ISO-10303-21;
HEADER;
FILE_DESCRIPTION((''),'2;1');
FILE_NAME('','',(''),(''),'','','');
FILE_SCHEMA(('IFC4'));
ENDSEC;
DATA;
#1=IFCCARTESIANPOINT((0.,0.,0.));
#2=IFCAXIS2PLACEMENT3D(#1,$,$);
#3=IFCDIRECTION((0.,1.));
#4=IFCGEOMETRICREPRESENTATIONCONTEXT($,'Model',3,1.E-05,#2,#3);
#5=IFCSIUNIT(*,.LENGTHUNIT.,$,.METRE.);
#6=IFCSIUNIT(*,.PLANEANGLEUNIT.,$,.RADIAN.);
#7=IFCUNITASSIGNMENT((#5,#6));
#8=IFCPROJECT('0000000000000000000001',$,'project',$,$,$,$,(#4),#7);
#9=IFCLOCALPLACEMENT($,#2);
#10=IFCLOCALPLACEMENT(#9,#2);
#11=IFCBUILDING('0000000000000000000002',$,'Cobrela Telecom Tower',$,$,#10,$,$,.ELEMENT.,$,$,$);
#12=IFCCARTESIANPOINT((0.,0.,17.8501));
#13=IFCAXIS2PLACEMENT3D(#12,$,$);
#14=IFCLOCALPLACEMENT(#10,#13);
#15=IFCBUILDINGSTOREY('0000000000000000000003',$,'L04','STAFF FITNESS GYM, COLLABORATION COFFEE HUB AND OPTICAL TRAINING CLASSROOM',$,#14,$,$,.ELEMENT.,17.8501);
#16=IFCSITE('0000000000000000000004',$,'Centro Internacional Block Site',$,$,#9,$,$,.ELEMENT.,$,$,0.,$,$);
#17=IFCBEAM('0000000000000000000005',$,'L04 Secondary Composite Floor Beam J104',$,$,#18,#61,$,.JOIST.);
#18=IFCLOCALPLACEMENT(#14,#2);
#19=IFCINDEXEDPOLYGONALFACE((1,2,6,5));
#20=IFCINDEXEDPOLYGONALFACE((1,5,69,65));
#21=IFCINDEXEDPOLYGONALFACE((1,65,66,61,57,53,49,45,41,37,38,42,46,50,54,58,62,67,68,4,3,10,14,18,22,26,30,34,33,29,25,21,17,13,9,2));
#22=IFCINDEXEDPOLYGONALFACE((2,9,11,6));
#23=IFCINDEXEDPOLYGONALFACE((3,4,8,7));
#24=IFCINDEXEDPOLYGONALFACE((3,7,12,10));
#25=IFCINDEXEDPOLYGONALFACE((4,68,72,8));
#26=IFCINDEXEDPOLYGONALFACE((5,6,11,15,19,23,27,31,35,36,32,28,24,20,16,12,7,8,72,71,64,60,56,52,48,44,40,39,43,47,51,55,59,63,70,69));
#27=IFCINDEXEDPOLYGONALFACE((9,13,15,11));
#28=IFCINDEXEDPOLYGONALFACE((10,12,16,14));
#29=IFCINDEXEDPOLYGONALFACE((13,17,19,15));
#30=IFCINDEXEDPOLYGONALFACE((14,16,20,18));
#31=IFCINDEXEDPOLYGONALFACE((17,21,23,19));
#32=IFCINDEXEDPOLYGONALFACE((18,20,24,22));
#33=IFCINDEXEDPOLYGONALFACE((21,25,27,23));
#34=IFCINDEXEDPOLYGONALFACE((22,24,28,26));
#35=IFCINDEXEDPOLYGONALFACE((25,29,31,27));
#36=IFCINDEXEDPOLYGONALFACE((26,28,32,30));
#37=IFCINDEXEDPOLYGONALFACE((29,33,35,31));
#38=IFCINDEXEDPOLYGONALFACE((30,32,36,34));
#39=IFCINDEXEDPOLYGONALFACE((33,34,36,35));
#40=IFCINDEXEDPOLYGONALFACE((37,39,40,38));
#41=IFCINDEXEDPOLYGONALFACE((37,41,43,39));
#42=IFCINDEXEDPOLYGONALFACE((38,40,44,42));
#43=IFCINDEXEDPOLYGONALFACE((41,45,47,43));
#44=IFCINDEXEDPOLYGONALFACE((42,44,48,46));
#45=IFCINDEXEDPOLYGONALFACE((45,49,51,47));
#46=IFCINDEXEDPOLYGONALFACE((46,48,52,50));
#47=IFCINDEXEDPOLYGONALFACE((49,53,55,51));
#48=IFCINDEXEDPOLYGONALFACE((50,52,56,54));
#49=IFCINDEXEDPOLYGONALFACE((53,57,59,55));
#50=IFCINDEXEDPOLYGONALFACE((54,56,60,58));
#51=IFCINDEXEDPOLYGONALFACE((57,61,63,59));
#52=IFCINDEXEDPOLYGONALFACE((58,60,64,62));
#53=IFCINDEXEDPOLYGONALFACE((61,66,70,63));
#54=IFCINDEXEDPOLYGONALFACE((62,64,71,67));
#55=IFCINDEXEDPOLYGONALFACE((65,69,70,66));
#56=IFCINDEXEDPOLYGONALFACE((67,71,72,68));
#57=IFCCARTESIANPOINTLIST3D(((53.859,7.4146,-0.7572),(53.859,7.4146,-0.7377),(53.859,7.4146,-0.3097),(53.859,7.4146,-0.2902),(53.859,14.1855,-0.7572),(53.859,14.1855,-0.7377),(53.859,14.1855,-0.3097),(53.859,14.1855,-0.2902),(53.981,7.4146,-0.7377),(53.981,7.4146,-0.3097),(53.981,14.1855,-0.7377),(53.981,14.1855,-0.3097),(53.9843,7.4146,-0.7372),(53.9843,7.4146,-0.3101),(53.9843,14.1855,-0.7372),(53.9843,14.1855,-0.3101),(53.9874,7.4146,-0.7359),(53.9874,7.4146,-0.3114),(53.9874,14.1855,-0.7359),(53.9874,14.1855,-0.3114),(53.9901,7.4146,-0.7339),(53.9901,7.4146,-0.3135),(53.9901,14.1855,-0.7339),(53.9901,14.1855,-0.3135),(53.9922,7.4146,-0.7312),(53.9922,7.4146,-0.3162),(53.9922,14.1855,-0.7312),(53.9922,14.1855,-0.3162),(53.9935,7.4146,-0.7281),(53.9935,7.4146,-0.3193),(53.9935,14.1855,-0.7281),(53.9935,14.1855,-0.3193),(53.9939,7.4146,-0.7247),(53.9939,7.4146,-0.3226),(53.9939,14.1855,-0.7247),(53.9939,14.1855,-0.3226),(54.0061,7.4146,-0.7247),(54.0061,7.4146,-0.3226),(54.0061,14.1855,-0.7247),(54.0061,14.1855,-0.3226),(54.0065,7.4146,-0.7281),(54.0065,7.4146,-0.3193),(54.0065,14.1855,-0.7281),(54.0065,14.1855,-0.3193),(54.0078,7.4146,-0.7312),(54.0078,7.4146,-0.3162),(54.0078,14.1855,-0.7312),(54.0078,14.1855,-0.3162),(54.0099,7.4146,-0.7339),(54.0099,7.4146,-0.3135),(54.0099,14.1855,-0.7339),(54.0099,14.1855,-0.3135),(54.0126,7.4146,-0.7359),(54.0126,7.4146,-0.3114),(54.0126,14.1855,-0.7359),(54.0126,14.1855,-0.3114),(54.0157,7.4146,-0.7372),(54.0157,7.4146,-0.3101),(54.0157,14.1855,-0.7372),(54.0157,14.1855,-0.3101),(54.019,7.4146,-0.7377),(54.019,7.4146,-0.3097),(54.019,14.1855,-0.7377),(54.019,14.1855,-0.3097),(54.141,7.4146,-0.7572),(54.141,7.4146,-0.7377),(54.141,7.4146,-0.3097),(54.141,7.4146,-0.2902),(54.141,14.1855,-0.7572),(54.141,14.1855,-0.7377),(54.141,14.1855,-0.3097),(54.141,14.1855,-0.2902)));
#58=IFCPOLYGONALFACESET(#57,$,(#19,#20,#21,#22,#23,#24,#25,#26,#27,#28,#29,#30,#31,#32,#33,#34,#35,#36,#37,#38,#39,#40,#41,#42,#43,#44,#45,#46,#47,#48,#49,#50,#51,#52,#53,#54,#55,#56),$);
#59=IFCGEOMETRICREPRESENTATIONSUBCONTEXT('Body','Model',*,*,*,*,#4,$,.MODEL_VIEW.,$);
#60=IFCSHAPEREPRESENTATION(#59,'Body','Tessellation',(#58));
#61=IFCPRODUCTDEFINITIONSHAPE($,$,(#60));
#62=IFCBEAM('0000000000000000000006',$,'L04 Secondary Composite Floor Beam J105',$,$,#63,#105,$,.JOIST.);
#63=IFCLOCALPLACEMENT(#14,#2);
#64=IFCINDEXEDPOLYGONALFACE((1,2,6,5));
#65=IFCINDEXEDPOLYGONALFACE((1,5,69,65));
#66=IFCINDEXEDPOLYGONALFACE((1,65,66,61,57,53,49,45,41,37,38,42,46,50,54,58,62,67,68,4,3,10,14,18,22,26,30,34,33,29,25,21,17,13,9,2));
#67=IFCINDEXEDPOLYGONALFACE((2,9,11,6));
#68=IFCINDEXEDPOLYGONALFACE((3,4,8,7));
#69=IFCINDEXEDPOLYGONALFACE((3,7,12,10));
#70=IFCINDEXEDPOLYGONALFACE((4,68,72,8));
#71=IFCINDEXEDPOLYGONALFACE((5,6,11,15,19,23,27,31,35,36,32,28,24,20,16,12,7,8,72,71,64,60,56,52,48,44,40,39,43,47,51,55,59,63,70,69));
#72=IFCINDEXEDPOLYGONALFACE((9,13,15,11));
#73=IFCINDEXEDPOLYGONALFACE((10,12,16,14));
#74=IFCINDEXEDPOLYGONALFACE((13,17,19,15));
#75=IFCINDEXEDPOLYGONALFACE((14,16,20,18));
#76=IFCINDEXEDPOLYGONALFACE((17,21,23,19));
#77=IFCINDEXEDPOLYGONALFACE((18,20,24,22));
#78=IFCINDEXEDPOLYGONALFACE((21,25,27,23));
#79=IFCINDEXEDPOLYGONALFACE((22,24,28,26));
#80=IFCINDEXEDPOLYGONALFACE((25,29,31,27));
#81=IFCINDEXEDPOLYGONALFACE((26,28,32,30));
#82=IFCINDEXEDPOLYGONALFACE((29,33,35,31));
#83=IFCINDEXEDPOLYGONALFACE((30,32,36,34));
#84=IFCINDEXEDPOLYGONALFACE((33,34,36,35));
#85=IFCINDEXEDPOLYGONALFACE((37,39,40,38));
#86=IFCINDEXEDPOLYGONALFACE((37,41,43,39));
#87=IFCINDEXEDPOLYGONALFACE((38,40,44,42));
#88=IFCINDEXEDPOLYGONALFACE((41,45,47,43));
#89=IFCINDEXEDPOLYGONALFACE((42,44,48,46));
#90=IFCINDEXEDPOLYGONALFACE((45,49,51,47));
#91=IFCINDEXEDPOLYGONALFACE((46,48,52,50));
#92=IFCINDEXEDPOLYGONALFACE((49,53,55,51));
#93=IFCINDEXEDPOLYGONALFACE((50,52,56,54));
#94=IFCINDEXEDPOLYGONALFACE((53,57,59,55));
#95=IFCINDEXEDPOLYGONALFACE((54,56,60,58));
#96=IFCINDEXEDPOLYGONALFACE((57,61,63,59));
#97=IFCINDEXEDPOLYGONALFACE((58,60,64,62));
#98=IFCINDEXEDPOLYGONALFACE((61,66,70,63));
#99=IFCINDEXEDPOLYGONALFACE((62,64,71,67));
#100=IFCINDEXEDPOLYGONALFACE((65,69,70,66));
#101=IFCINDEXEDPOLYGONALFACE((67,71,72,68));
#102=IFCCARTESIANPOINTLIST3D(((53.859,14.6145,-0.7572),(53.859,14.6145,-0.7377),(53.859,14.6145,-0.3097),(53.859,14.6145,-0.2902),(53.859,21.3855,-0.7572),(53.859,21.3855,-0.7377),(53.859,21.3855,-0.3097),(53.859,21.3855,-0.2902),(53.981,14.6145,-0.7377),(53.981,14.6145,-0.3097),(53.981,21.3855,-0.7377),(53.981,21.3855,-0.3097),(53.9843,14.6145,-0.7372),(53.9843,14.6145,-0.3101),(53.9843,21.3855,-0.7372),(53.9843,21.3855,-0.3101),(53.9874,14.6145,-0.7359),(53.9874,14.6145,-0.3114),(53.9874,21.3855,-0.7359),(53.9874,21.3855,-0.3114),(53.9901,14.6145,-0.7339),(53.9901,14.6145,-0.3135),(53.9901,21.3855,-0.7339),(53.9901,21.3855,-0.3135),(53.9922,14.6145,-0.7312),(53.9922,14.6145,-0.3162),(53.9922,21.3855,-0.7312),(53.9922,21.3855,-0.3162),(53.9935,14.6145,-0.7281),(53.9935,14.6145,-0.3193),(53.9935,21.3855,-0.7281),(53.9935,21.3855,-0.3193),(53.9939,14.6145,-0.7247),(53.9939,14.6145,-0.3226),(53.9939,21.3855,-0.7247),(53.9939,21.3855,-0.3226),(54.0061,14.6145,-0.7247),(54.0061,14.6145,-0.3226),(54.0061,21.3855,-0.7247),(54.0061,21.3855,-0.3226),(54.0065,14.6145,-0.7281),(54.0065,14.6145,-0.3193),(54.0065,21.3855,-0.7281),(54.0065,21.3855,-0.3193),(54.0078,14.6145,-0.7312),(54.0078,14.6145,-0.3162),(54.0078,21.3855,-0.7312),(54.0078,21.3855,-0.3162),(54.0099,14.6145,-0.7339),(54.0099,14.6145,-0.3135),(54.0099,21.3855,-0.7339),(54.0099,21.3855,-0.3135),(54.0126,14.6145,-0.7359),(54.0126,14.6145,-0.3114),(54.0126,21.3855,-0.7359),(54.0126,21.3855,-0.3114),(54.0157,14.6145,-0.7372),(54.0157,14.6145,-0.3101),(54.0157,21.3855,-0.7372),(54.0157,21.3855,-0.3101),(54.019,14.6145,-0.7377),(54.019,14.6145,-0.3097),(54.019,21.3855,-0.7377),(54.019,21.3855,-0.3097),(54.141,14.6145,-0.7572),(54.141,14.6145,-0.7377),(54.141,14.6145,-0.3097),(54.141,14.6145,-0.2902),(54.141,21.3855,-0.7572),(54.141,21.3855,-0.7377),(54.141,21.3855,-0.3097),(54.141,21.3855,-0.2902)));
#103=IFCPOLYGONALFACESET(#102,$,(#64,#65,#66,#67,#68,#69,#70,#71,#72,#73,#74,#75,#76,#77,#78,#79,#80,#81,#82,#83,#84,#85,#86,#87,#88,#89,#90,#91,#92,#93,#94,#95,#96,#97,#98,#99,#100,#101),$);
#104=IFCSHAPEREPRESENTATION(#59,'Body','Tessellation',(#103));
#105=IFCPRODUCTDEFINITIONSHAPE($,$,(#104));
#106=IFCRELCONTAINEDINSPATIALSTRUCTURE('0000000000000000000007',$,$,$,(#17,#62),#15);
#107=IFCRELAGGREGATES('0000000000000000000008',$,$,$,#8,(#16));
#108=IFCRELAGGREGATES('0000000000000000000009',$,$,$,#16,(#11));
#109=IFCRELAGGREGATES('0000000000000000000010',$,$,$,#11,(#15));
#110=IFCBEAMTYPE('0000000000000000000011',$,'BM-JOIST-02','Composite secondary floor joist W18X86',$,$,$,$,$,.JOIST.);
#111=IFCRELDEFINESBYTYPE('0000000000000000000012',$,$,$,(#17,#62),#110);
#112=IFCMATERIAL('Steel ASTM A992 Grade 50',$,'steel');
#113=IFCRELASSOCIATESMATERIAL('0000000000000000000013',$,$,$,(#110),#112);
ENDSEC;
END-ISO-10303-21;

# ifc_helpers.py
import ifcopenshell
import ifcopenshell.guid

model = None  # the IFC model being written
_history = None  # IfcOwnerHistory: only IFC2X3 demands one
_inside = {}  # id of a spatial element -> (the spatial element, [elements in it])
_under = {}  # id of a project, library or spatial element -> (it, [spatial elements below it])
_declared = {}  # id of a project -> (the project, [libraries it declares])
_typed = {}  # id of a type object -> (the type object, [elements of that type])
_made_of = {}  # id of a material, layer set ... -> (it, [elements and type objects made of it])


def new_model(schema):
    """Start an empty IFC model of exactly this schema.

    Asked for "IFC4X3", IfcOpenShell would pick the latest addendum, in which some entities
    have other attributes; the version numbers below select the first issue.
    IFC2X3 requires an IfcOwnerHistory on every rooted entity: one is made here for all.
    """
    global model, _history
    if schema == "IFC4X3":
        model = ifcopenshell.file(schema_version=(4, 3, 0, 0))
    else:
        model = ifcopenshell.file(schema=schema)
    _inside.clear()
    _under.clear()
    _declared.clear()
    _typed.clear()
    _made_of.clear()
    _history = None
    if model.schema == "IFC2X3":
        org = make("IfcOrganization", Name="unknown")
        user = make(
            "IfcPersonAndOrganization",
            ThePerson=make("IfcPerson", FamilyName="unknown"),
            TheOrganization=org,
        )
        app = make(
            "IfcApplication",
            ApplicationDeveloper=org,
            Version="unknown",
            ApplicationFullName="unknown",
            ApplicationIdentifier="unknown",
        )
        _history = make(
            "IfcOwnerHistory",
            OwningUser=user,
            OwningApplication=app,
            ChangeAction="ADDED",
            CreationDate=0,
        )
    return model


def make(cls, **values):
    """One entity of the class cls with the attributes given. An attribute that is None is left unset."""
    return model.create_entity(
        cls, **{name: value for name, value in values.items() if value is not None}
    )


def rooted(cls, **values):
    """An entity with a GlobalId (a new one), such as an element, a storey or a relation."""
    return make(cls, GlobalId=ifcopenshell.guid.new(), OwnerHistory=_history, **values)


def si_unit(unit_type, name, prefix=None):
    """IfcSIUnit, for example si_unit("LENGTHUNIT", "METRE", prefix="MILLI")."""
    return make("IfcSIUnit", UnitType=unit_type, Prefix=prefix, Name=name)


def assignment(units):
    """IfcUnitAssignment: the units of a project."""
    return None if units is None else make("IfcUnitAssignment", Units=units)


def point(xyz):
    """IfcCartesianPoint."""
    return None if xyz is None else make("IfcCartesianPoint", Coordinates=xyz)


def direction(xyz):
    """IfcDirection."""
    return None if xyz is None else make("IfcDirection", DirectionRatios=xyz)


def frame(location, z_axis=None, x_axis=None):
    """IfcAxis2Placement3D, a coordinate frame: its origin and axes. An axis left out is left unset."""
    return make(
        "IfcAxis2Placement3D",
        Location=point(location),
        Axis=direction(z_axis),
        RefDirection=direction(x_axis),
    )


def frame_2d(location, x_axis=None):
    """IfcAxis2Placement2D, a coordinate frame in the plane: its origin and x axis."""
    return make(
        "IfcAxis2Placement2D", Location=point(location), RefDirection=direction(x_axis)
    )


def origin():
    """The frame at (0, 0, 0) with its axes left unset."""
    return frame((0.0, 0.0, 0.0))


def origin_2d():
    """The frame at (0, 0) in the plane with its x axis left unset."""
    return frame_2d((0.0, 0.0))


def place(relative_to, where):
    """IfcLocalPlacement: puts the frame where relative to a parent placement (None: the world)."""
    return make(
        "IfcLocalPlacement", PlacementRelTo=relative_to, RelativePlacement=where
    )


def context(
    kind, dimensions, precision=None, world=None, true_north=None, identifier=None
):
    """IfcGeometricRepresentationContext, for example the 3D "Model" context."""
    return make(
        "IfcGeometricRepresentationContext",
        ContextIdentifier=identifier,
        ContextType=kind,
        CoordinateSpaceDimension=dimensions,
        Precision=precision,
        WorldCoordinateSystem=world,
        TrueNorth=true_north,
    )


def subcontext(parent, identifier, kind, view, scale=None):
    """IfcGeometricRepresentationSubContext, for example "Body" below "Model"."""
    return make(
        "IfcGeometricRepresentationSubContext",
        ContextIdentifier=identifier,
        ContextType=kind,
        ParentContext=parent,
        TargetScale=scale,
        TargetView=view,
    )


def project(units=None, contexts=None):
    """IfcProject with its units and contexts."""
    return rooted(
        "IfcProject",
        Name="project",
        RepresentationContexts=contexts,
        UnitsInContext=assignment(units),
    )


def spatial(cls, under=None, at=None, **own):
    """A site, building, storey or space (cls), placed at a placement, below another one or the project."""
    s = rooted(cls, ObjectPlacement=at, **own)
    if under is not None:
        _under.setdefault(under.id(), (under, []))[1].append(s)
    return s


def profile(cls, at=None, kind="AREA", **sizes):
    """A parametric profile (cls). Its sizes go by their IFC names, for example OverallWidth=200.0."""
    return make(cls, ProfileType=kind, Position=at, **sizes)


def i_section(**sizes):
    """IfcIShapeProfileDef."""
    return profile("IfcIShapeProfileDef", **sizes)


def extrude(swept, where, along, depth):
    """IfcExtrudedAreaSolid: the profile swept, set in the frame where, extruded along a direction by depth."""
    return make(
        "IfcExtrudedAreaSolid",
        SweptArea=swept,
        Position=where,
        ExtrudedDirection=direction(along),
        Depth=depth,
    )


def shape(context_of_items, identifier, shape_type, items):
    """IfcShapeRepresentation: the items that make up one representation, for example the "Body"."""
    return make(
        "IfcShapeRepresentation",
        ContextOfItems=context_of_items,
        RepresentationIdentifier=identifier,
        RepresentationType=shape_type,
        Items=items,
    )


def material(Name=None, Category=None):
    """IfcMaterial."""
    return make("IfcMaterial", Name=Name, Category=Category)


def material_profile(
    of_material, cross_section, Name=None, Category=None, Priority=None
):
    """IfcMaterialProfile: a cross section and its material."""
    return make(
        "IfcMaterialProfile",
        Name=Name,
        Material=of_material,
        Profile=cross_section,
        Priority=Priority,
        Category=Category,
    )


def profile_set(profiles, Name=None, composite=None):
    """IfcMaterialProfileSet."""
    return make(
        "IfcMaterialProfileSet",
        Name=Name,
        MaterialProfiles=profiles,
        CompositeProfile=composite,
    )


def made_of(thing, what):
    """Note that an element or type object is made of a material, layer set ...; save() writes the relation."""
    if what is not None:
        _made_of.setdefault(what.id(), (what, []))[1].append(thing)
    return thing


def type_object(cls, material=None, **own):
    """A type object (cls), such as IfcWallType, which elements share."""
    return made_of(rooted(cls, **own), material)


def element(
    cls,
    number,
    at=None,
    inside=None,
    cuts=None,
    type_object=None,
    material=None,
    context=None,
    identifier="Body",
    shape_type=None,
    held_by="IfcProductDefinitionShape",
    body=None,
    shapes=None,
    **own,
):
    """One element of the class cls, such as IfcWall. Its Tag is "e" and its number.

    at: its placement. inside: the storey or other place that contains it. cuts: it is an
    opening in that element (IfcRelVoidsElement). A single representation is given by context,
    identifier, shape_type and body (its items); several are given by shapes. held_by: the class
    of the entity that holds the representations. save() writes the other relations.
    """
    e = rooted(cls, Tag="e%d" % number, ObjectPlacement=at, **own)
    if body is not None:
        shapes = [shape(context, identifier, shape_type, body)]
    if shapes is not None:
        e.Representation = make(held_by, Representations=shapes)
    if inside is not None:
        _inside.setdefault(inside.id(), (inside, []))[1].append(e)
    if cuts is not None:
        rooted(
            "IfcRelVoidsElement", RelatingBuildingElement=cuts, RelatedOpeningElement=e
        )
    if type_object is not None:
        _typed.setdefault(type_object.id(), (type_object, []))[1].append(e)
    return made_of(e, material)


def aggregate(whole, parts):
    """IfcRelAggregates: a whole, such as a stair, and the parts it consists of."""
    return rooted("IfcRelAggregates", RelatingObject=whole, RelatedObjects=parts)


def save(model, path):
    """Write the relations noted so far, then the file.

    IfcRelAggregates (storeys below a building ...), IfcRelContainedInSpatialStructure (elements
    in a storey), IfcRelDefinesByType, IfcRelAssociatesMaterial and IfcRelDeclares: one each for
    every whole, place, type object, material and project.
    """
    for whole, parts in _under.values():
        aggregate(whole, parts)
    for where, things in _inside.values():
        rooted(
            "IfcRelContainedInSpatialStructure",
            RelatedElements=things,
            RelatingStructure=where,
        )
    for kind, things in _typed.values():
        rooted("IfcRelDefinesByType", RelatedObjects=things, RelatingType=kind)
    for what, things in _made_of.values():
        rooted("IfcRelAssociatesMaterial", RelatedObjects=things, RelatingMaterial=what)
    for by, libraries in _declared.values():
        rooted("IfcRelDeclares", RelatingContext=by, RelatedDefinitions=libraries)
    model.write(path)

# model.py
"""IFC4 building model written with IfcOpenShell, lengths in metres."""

from ifc_helpers import new_model, si_unit, direction, frame, origin, origin_2d, place, context, subcontext, project, spatial, i_section, extrude, material, material_profile, profile_set, type_object, element, save


model = new_model("IFC4")

# Units and contexts
model_context = context("Model", 3, precision=1e-05, world=origin(), true_north=direction((0.0, 1.0)))
body_context = subcontext(model_context, "Body", "Model", "MODEL_VIEW")
ifc_project = project(units=[si_unit("LENGTHUNIT", "METRE"), si_unit("PLANEANGLEUNIT", "RADIAN")], contexts=[model_context])

# Site, building, storey
site_placement = place(None, origin())
site = spatial("IfcSite", under=ifc_project, at=site_placement, Name="Centro Internacional Block Site", CompositionType="ELEMENT", RefElevation=0.0)
building_placement = place(site_placement, origin())
building = spatial("IfcBuilding", under=site, at=building_placement, Name="Cobrela Telecom Tower", CompositionType="ELEMENT")
storey_placement = place(building_placement, frame((0.0, 0.0, 17.8501)))
storey = spatial("IfcBuildingStorey", under=building, at=storey_placement, Name="L04", Description="STAFF FITNESS GYM, COLLABORATION COFFEE HUB AND OPTICAL TRAINING CLASSROOM", CompositionType="ELEMENT", Elevation=17.8501)

# Beams
ifc_material_1 = material(Name="Steel ASTM A992 Grade 50", Category="steel")
ifc_material_profile_1 = material_profile(ifc_material_1, i_section(OverallWidth=0.282, OverallDepth=0.467, WebThickness=0.0122, FlangeThickness=0.0195, FilletRadius=0.0129, at=origin_2d()), Name="W18X86")
ifc_profile_set_1 = profile_set([ifc_material_profile_1], Name="Steel ASTM A992 Grade 50")
beam_type_1 = type_object("IfcBeamType", Name="BM-JOIST-02", Description="Composite secondary floor joist W18X86", PredefinedType="JOIST", material=ifc_profile_set_1)
for number, where, z_axis, x_axis, name in (
    (1, (54.0, 7.4146, -0.5237), (0.0, 1.0, 0.0), (-1.0, 0.0, 0.0), "L04 Secondary Composite Floor Beam J104"),
    (2, (54.0, 14.6145, -0.5237), (0.0, 1.0, 0.0), (-1.0, 0.0, 0.0), "L04 Secondary Composite Floor Beam J105"),
):
    element("IfcBeam", number, at=place(storey_placement, frame(where, z_axis=z_axis, x_axis=x_axis)), inside=storey, type_object=beam_type_1, Name=name, PredefinedType="JOIST", context=body_context, shape_type="SweptSolid", body=[
        extrude(i_section(OverallWidth=0.282, OverallDepth=0.467, WebThickness=0.0122, FlangeThickness=0.0195, FilletRadius=0.0129, at=origin_2d()), origin(), (0.0, 0.0, 1.0), 6.771),
    ])

save(model, "model.ifc")
